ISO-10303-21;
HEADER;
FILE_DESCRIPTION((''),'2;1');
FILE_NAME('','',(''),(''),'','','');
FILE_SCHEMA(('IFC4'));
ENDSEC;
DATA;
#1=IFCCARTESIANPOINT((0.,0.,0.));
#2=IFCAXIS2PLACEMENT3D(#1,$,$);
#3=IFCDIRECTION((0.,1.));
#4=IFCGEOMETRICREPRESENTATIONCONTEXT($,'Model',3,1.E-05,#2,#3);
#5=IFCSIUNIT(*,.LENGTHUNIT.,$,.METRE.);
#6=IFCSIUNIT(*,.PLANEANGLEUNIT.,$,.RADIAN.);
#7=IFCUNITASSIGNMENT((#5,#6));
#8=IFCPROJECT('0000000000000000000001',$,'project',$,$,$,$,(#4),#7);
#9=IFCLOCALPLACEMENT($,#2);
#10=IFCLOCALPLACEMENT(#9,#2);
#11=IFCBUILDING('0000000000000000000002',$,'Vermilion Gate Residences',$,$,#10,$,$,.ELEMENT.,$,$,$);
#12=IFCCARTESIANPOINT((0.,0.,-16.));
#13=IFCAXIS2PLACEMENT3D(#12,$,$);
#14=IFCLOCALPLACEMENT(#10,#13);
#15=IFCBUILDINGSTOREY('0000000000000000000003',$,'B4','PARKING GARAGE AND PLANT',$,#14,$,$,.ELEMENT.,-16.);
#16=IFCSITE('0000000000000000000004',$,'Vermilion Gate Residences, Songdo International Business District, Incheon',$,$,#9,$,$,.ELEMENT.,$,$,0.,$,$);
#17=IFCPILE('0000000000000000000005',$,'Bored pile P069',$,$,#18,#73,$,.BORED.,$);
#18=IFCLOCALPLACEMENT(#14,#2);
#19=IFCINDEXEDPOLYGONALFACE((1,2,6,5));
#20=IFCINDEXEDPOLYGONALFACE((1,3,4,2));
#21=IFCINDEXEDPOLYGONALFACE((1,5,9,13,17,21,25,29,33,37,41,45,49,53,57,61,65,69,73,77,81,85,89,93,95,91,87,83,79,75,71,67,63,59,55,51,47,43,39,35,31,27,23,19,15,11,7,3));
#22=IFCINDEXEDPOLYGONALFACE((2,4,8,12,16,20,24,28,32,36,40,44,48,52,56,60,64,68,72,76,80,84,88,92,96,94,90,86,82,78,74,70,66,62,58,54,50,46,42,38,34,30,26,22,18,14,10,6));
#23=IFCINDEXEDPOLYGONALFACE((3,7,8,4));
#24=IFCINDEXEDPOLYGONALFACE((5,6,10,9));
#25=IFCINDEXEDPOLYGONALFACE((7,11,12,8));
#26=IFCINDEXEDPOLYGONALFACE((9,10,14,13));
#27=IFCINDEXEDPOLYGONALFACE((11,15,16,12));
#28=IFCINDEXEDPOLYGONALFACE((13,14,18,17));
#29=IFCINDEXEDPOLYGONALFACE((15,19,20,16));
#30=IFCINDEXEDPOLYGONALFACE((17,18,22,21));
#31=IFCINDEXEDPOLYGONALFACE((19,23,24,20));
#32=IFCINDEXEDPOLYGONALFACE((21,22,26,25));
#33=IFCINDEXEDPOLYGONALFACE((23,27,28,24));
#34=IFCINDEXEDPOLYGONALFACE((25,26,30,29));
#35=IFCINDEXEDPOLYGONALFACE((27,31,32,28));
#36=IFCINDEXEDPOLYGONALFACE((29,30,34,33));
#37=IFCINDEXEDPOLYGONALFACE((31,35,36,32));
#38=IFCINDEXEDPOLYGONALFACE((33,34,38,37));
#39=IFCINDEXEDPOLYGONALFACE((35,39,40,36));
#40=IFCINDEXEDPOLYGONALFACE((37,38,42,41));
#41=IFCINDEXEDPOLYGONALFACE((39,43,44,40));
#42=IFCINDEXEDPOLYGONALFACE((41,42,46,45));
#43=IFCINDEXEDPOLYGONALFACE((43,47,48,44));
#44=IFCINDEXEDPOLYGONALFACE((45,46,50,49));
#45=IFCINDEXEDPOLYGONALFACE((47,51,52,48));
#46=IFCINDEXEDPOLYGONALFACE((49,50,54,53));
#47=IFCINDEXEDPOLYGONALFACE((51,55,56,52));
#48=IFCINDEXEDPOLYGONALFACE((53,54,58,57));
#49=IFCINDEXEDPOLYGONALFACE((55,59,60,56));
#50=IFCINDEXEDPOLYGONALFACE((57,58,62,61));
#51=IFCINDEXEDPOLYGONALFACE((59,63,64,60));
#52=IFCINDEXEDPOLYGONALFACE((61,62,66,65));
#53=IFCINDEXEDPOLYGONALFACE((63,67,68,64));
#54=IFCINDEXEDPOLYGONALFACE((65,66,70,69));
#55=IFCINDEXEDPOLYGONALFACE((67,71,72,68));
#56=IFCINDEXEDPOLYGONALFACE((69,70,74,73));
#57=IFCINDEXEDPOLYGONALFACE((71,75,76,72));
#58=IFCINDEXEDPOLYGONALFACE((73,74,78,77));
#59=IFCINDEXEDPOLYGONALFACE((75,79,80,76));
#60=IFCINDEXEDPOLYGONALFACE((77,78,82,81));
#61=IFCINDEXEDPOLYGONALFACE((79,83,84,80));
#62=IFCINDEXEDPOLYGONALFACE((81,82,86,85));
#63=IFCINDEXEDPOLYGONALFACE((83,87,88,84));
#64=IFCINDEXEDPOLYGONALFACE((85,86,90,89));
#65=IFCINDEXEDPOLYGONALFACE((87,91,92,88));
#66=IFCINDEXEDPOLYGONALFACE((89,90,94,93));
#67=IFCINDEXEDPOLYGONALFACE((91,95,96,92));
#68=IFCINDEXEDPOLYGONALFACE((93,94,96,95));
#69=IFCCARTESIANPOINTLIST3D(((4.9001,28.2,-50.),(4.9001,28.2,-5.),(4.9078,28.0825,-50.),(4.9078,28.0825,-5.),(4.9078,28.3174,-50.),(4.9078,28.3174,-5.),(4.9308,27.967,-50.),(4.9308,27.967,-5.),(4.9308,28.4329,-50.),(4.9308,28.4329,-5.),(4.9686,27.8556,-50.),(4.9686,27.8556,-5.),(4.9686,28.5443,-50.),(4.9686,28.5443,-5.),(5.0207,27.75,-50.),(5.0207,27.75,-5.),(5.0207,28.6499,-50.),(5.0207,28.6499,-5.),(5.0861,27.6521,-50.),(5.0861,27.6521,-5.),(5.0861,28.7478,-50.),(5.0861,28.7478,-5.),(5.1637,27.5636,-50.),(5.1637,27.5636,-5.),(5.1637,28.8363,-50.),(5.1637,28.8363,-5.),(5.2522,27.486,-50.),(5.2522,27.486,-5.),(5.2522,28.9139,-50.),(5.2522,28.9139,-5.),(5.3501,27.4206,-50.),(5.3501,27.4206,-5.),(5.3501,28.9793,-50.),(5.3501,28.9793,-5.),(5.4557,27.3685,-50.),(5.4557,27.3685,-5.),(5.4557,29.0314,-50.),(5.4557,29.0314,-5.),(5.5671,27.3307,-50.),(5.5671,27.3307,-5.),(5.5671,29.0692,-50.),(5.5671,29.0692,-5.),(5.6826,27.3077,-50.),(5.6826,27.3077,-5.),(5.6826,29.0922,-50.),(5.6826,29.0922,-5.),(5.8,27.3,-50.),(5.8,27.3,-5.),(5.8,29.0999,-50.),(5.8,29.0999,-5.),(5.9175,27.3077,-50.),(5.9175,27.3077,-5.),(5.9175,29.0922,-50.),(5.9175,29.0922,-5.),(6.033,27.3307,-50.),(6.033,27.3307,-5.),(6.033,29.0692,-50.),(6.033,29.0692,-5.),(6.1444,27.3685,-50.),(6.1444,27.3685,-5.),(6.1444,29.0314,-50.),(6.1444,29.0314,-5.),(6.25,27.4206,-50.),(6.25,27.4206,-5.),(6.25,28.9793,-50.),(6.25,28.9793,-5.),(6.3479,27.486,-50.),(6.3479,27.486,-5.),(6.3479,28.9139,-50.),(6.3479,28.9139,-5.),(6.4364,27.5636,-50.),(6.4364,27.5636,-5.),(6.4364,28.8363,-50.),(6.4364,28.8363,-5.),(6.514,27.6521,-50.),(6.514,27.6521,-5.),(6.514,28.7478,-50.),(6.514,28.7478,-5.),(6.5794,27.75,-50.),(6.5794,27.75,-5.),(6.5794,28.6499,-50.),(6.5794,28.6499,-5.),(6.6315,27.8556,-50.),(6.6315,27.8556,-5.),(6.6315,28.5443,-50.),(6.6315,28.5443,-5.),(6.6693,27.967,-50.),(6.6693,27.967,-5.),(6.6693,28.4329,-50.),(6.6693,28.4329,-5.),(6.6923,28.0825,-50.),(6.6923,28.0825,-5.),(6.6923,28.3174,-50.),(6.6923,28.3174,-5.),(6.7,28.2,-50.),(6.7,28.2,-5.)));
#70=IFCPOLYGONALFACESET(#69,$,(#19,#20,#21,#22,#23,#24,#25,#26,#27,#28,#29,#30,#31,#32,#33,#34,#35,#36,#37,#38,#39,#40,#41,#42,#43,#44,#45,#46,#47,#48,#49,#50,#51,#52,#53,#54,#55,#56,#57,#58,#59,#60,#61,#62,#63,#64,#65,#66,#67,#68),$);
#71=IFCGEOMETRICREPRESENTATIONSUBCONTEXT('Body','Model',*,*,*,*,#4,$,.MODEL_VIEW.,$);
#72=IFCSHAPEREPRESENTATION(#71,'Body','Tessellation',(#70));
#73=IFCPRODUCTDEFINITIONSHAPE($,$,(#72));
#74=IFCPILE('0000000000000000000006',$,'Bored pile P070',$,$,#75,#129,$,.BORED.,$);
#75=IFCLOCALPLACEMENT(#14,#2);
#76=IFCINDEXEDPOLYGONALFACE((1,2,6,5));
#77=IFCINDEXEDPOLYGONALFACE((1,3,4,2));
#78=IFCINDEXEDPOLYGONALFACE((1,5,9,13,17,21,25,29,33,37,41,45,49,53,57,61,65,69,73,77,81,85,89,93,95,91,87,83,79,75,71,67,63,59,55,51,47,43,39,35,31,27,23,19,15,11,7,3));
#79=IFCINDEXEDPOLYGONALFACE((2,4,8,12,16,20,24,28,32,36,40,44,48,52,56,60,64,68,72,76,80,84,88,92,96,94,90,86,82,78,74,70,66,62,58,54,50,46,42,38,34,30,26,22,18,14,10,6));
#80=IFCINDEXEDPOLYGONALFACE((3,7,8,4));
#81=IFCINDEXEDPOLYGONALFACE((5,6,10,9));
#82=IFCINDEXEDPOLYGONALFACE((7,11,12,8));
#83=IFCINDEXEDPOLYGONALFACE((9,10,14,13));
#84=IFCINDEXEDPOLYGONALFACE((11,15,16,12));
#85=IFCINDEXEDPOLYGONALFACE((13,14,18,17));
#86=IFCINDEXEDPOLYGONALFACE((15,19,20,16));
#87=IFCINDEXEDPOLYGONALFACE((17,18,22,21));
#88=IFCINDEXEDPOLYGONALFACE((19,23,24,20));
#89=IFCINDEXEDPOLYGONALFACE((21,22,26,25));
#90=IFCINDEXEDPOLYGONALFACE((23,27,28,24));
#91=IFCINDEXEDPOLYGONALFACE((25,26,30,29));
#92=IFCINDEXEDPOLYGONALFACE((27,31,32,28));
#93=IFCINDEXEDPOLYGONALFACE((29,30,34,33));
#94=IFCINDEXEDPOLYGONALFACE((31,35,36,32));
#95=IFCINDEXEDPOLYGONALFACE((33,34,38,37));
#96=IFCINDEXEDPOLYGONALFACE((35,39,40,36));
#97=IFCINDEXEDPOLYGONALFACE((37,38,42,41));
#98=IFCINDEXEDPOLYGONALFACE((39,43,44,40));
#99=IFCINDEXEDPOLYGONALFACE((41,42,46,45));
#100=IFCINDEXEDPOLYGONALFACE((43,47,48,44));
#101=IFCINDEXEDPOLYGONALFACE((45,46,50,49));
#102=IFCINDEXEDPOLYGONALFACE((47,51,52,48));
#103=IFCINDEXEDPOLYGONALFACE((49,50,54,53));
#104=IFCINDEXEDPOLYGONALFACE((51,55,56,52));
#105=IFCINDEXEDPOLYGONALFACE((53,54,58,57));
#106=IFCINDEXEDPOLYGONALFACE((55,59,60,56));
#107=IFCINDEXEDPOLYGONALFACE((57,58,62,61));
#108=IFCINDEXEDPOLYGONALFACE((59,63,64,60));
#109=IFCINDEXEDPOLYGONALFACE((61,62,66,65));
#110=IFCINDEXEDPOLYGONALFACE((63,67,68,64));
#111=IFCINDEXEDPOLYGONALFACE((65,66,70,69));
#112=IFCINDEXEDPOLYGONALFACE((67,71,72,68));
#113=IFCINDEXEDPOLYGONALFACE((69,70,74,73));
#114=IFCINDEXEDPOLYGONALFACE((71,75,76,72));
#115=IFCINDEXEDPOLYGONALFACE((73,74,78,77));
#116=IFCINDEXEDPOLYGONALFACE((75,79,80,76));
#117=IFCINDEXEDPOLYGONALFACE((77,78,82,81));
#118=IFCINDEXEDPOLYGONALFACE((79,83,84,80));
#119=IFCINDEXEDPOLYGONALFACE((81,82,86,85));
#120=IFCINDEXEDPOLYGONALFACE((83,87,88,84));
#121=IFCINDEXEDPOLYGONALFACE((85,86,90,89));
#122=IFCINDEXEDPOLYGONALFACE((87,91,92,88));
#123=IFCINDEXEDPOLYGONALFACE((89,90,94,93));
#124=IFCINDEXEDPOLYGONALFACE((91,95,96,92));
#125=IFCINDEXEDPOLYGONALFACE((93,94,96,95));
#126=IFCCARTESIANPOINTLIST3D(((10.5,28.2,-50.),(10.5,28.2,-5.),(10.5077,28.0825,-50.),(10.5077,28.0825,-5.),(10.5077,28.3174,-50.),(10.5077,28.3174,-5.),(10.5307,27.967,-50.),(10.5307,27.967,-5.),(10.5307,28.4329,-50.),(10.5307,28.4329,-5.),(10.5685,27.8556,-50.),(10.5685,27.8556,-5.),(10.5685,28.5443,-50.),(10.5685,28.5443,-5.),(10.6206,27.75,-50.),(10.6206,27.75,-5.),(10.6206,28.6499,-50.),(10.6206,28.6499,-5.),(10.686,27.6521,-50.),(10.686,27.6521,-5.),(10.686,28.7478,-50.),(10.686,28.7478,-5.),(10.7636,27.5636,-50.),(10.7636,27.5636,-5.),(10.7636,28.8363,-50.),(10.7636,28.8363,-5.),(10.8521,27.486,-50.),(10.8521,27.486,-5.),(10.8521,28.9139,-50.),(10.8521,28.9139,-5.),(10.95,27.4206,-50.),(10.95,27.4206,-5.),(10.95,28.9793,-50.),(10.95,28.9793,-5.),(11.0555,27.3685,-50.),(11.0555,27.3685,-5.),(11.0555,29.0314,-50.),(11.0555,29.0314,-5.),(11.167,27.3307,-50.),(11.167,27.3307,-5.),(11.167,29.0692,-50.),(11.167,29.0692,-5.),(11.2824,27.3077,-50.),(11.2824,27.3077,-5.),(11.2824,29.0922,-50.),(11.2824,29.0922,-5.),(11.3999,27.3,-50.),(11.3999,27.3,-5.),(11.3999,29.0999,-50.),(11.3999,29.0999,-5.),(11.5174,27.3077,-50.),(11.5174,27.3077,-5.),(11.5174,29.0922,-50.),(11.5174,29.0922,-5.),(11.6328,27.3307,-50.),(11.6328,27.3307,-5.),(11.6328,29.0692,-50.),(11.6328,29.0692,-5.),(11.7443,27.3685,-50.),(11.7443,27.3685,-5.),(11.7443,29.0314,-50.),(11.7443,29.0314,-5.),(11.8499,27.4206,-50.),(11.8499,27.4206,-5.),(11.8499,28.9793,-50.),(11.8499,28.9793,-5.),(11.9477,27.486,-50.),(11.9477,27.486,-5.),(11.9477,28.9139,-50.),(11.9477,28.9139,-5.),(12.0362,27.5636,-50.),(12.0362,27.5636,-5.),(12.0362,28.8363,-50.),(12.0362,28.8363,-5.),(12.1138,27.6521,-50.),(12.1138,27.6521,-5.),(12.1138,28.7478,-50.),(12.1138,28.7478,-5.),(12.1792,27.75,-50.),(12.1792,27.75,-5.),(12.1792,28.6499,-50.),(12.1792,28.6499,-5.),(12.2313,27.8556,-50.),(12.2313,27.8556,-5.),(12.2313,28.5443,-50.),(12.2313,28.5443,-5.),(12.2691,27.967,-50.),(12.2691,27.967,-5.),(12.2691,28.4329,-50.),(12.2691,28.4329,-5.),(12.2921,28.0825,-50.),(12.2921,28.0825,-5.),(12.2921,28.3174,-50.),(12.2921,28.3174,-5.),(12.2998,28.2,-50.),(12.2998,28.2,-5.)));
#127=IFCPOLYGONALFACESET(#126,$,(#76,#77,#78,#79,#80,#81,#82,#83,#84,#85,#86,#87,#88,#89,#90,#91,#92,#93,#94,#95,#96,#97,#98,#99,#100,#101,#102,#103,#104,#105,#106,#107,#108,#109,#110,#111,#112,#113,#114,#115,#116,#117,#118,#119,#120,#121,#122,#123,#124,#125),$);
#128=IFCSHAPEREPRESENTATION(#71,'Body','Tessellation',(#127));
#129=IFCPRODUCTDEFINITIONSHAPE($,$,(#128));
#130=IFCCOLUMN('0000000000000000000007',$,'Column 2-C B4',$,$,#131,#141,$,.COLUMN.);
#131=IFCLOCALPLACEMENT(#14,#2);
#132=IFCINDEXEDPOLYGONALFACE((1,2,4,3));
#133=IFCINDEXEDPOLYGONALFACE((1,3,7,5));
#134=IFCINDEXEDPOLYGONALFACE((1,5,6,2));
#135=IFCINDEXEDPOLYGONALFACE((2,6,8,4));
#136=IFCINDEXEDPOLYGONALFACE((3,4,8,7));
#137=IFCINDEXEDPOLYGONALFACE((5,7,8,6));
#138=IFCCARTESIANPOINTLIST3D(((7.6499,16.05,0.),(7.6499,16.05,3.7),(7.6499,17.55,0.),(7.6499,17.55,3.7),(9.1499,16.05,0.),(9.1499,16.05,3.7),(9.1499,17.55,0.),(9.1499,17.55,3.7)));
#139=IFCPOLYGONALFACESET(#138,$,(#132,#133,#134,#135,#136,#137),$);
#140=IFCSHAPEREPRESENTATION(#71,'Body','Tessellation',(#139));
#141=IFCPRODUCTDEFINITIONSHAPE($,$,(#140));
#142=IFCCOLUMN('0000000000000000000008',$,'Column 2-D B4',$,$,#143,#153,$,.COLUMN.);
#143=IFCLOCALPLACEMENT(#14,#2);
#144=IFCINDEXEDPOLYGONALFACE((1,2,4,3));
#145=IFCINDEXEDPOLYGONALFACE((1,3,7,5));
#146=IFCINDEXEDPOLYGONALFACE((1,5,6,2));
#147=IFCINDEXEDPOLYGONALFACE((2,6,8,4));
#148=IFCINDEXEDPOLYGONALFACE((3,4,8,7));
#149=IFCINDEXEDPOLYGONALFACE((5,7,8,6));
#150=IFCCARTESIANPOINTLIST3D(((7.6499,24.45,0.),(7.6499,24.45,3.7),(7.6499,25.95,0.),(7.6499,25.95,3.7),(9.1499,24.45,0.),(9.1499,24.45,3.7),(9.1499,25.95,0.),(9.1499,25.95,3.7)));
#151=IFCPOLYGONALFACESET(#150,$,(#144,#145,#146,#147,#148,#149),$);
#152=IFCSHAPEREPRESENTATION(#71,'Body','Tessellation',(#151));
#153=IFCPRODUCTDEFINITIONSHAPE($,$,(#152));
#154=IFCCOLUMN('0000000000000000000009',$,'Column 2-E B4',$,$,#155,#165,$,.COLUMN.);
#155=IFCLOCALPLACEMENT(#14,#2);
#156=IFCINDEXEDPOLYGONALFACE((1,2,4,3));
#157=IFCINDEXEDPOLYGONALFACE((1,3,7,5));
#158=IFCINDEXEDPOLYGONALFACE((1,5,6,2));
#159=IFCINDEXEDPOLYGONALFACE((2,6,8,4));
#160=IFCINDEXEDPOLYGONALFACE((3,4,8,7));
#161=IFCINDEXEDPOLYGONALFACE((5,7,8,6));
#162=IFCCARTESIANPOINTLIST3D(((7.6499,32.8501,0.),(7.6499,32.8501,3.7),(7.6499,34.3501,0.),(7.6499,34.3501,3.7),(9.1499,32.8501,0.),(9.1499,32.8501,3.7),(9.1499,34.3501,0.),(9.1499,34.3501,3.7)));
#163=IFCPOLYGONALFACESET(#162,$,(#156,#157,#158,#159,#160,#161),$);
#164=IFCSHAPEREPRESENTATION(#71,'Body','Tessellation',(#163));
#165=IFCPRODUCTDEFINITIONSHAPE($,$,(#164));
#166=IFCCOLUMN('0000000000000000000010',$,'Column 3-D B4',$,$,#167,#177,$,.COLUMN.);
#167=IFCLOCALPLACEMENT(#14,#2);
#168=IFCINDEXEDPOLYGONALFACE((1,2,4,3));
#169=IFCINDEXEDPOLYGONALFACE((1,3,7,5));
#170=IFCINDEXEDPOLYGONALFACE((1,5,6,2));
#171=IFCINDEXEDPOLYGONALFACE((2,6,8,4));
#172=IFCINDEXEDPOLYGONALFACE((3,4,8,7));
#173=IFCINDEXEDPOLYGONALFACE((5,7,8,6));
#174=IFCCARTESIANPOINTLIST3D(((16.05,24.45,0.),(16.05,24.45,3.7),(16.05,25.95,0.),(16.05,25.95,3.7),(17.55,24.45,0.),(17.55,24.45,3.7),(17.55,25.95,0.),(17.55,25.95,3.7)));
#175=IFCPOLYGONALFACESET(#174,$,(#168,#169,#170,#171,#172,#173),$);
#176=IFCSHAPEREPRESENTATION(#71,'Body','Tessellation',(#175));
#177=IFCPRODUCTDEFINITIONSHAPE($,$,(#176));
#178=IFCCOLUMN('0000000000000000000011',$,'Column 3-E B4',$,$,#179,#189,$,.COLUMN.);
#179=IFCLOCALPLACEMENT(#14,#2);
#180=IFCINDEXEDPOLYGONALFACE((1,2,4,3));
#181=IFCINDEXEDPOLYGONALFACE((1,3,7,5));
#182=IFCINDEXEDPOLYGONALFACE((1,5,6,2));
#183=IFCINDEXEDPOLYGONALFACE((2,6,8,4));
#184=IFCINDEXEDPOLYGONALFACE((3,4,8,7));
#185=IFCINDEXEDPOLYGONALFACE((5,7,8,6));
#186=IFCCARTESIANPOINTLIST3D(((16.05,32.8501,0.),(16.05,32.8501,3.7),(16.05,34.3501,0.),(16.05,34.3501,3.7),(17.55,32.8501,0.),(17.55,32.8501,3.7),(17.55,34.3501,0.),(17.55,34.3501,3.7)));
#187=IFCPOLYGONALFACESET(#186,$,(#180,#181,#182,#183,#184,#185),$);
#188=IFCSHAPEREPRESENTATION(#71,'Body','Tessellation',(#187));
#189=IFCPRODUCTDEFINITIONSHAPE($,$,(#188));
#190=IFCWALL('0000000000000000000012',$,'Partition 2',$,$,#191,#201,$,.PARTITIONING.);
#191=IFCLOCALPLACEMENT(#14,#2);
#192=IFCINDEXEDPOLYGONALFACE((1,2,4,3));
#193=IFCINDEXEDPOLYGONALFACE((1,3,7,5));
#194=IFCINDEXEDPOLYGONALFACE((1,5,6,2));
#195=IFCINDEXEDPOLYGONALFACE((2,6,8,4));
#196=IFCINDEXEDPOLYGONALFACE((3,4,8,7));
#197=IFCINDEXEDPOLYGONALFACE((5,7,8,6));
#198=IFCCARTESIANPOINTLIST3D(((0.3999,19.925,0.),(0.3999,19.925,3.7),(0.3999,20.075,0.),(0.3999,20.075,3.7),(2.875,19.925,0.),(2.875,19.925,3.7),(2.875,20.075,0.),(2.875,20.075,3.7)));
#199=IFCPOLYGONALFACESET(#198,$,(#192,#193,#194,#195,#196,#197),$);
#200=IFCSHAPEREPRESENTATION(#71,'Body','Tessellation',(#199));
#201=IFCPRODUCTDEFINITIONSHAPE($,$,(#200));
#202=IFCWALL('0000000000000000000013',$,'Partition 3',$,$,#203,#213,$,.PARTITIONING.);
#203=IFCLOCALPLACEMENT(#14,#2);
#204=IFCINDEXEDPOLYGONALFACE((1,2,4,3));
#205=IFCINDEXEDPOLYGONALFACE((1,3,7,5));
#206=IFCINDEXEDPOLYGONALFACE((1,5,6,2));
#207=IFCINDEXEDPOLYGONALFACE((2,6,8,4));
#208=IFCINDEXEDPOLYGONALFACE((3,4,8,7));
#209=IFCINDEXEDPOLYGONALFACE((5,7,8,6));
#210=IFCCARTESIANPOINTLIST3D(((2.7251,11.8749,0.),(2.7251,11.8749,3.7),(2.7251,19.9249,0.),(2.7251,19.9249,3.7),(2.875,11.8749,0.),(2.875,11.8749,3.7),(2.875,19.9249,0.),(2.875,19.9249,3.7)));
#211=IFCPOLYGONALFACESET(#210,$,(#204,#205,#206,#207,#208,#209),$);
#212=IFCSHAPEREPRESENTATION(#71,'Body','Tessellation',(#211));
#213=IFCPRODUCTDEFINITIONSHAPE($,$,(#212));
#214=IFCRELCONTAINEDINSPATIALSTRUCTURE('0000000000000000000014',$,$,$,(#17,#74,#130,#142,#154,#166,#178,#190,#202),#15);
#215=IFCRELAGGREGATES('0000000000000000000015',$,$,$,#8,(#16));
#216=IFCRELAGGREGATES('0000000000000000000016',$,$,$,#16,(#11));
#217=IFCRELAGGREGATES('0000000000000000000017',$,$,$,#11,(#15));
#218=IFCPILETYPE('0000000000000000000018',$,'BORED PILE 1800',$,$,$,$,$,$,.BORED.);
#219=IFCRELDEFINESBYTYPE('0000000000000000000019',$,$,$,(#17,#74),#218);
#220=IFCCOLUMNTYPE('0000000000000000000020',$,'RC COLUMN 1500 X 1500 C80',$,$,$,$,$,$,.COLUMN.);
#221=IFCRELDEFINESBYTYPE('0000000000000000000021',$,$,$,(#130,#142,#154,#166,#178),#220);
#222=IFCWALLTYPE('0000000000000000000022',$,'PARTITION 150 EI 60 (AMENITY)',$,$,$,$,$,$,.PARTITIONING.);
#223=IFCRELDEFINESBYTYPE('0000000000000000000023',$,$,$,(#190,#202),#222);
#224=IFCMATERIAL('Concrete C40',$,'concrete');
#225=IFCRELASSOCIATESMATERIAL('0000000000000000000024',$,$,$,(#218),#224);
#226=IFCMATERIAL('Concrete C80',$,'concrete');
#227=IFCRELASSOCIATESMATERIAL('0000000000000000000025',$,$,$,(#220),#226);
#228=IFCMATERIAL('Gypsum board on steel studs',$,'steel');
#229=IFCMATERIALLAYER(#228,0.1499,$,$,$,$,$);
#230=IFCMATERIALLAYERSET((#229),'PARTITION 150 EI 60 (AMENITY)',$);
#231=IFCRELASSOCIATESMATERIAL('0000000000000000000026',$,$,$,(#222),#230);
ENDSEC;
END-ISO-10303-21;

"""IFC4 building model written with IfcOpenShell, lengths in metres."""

from ifc_helpers import new_model, si_unit, direction, frame, frame_2d, origin, origin_2d, place, context, subcontext, project, spatial, rectangle, circle, extrude, material, layer, layer_set, material_profile, profile_set, type_object, element, save


model = new_model("IFC4")

# Units and contexts
model_context = context("Model", 3, precision=1e-05, world=origin(), true_north=direction((0.0, 1.0)))
body_context = subcontext(model_context, "Body", "Model", "MODEL_VIEW")
ifc_project = project(units=[si_unit("LENGTHUNIT", "METRE"), si_unit("PLANEANGLEUNIT", "RADIAN")], contexts=[model_context])

# Site, building, storey
site_placement = place(None, origin())
site = spatial("IfcSite", under=ifc_project, at=site_placement, Name="Vermilion Gate Residences, Songdo International Business District, Incheon", CompositionType="ELEMENT", RefElevation=0.0)
building_placement = place(site_placement, origin())
building = spatial("IfcBuilding", under=site, at=building_placement, Name="Vermilion Gate Residences", CompositionType="ELEMENT")
storey_placement = place(building_placement, frame((0.0, 0.0, -16.0)))
storey = spatial("IfcBuildingStorey", under=building, at=storey_placement, Name="B4", Description="PARKING GARAGE AND PLANT", CompositionType="ELEMENT", Elevation=-16.0)

# Piles
ifc_material_1 = material(Name="Concrete C40", Category="concrete")
ifc_material_profile_1 = material_profile(ifc_material_1, circle(Radius=0.8999, at=origin_2d()), Name="BORED PILE 1800")
ifc_profile_set_1 = profile_set([ifc_material_profile_1], Name="Concrete C40")
pile_type = type_object("IfcPileType", Name="BORED PILE 1800", PredefinedType="BORED", material=ifc_profile_set_1)
for number, where, z_axis, x_axis, name in (
    (1, (5.8, 28.2, -5.0), (0.0, 0.0, -1.0), (1.0, 0.0, 0.0), "Bored pile P069"),
    (2, (11.3999, 28.2, -5.0), (0.0, 0.0, -1.0), (1.0, 0.0, 0.0), "Bored pile P070"),
):
    element("IfcPile", number, at=place(storey_placement, frame(where, z_axis=z_axis, x_axis=x_axis)), inside=storey, type_object=pile_type, Name=name, PredefinedType="BORED", context=body_context, shape_type="SweptSolid", body=[
        extrude(circle(Radius=0.8999, at=origin_2d()), origin(), (0.0, 0.0, 1.0), 45.0),
    ])

# Columns
ifc_material_2 = material(Name="Concrete C80", Category="concrete")
ifc_material_profile_2 = material_profile(ifc_material_2, rectangle(XDim=1.5, YDim=1.5, at=origin_2d()), Name="RC-1500x1500")
ifc_profile_set_2 = profile_set([ifc_material_profile_2], Name="Concrete C80")
column_type = type_object("IfcColumnType", Name="RC COLUMN 1500 X 1500 C80", PredefinedType="COLUMN", material=ifc_profile_set_2)
for number, where, z_axis, x_axis, name in (
    (3, (8.3999, 16.8, 0.0), (0.0, 0.0, 1.0), (1.0, 0.0, 0.0), "Column 2-C B4"),
    (4, (8.3999, 25.2, 0.0), (0.0, 0.0, 1.0), (1.0, 0.0, 0.0), "Column 2-D B4"),
    (5, (8.3999, 33.6001, 0.0), (0.0, 0.0, 1.0), (1.0, 0.0, 0.0), "Column 2-E B4"),
    (6, (16.8, 25.2, 0.0), (0.0, 0.0, 1.0), (1.0, 0.0, 0.0), "Column 3-D B4"),
    (7, (16.8, 33.6001, 0.0), (0.0, 0.0, 1.0), (1.0, 0.0, 0.0), "Column 3-E B4"),
):
    element("IfcColumn", number, at=place(storey_placement, frame(where, z_axis=z_axis, x_axis=x_axis)), inside=storey, type_object=column_type, Name=name, PredefinedType="COLUMN", context=body_context, shape_type="SweptSolid", body=[
        extrude(rectangle(XDim=1.5, YDim=1.5, at=origin_2d()), origin(), (0.0, 0.0, 1.0), 3.7),
    ])

# Walls
ifc_material_3 = material(Name="Gypsum board on steel studs", Category="steel")
ifc_layer_1 = layer(ifc_material_3, 0.1499)
ifc_layer_set_1 = layer_set([ifc_layer_1], Name="PARTITION 150 EI 60 (AMENITY)")
wall_type_1 = type_object("IfcWallType", Name="PARTITION 150 EI 60 (AMENITY)", PredefinedType="PARTITIONING", material=ifc_layer_set_1)
wall_1_placement = place(storey_placement, frame((0.3999, 20.0, 0.0), z_axis=(0.0, 0.0, 1.0), x_axis=(1.0, 0.0, 0.0)))
element("IfcWall", 8, at=wall_1_placement, inside=storey, type_object=wall_type_1, Name="Partition 2", PredefinedType="PARTITIONING", context=body_context, shape_type="SweptSolid", body=[
    extrude(rectangle(XDim=2.4751, YDim=0.1499, at=frame_2d((1.2375, 0.0))), origin(), (0.0, 0.0, 1.0), 3.7),
])
wall_2_placement = place(storey_placement, frame((2.8, 11.875, 0.0), z_axis=(0.0, 0.0, 1.0), x_axis=(0.0, 1.0, 0.0)))
element("IfcWall", 9, at=wall_2_placement, inside=storey, type_object=wall_type_1, Name="Partition 3", PredefinedType="PARTITIONING", context=body_context, shape_type="SweptSolid", body=[
    extrude(rectangle(XDim=8.05, YDim=0.1499, at=frame_2d((4.0249, 0.0))), origin(), (0.0, 0.0, 1.0), 3.7),
])

save(model, "model.ifc")
